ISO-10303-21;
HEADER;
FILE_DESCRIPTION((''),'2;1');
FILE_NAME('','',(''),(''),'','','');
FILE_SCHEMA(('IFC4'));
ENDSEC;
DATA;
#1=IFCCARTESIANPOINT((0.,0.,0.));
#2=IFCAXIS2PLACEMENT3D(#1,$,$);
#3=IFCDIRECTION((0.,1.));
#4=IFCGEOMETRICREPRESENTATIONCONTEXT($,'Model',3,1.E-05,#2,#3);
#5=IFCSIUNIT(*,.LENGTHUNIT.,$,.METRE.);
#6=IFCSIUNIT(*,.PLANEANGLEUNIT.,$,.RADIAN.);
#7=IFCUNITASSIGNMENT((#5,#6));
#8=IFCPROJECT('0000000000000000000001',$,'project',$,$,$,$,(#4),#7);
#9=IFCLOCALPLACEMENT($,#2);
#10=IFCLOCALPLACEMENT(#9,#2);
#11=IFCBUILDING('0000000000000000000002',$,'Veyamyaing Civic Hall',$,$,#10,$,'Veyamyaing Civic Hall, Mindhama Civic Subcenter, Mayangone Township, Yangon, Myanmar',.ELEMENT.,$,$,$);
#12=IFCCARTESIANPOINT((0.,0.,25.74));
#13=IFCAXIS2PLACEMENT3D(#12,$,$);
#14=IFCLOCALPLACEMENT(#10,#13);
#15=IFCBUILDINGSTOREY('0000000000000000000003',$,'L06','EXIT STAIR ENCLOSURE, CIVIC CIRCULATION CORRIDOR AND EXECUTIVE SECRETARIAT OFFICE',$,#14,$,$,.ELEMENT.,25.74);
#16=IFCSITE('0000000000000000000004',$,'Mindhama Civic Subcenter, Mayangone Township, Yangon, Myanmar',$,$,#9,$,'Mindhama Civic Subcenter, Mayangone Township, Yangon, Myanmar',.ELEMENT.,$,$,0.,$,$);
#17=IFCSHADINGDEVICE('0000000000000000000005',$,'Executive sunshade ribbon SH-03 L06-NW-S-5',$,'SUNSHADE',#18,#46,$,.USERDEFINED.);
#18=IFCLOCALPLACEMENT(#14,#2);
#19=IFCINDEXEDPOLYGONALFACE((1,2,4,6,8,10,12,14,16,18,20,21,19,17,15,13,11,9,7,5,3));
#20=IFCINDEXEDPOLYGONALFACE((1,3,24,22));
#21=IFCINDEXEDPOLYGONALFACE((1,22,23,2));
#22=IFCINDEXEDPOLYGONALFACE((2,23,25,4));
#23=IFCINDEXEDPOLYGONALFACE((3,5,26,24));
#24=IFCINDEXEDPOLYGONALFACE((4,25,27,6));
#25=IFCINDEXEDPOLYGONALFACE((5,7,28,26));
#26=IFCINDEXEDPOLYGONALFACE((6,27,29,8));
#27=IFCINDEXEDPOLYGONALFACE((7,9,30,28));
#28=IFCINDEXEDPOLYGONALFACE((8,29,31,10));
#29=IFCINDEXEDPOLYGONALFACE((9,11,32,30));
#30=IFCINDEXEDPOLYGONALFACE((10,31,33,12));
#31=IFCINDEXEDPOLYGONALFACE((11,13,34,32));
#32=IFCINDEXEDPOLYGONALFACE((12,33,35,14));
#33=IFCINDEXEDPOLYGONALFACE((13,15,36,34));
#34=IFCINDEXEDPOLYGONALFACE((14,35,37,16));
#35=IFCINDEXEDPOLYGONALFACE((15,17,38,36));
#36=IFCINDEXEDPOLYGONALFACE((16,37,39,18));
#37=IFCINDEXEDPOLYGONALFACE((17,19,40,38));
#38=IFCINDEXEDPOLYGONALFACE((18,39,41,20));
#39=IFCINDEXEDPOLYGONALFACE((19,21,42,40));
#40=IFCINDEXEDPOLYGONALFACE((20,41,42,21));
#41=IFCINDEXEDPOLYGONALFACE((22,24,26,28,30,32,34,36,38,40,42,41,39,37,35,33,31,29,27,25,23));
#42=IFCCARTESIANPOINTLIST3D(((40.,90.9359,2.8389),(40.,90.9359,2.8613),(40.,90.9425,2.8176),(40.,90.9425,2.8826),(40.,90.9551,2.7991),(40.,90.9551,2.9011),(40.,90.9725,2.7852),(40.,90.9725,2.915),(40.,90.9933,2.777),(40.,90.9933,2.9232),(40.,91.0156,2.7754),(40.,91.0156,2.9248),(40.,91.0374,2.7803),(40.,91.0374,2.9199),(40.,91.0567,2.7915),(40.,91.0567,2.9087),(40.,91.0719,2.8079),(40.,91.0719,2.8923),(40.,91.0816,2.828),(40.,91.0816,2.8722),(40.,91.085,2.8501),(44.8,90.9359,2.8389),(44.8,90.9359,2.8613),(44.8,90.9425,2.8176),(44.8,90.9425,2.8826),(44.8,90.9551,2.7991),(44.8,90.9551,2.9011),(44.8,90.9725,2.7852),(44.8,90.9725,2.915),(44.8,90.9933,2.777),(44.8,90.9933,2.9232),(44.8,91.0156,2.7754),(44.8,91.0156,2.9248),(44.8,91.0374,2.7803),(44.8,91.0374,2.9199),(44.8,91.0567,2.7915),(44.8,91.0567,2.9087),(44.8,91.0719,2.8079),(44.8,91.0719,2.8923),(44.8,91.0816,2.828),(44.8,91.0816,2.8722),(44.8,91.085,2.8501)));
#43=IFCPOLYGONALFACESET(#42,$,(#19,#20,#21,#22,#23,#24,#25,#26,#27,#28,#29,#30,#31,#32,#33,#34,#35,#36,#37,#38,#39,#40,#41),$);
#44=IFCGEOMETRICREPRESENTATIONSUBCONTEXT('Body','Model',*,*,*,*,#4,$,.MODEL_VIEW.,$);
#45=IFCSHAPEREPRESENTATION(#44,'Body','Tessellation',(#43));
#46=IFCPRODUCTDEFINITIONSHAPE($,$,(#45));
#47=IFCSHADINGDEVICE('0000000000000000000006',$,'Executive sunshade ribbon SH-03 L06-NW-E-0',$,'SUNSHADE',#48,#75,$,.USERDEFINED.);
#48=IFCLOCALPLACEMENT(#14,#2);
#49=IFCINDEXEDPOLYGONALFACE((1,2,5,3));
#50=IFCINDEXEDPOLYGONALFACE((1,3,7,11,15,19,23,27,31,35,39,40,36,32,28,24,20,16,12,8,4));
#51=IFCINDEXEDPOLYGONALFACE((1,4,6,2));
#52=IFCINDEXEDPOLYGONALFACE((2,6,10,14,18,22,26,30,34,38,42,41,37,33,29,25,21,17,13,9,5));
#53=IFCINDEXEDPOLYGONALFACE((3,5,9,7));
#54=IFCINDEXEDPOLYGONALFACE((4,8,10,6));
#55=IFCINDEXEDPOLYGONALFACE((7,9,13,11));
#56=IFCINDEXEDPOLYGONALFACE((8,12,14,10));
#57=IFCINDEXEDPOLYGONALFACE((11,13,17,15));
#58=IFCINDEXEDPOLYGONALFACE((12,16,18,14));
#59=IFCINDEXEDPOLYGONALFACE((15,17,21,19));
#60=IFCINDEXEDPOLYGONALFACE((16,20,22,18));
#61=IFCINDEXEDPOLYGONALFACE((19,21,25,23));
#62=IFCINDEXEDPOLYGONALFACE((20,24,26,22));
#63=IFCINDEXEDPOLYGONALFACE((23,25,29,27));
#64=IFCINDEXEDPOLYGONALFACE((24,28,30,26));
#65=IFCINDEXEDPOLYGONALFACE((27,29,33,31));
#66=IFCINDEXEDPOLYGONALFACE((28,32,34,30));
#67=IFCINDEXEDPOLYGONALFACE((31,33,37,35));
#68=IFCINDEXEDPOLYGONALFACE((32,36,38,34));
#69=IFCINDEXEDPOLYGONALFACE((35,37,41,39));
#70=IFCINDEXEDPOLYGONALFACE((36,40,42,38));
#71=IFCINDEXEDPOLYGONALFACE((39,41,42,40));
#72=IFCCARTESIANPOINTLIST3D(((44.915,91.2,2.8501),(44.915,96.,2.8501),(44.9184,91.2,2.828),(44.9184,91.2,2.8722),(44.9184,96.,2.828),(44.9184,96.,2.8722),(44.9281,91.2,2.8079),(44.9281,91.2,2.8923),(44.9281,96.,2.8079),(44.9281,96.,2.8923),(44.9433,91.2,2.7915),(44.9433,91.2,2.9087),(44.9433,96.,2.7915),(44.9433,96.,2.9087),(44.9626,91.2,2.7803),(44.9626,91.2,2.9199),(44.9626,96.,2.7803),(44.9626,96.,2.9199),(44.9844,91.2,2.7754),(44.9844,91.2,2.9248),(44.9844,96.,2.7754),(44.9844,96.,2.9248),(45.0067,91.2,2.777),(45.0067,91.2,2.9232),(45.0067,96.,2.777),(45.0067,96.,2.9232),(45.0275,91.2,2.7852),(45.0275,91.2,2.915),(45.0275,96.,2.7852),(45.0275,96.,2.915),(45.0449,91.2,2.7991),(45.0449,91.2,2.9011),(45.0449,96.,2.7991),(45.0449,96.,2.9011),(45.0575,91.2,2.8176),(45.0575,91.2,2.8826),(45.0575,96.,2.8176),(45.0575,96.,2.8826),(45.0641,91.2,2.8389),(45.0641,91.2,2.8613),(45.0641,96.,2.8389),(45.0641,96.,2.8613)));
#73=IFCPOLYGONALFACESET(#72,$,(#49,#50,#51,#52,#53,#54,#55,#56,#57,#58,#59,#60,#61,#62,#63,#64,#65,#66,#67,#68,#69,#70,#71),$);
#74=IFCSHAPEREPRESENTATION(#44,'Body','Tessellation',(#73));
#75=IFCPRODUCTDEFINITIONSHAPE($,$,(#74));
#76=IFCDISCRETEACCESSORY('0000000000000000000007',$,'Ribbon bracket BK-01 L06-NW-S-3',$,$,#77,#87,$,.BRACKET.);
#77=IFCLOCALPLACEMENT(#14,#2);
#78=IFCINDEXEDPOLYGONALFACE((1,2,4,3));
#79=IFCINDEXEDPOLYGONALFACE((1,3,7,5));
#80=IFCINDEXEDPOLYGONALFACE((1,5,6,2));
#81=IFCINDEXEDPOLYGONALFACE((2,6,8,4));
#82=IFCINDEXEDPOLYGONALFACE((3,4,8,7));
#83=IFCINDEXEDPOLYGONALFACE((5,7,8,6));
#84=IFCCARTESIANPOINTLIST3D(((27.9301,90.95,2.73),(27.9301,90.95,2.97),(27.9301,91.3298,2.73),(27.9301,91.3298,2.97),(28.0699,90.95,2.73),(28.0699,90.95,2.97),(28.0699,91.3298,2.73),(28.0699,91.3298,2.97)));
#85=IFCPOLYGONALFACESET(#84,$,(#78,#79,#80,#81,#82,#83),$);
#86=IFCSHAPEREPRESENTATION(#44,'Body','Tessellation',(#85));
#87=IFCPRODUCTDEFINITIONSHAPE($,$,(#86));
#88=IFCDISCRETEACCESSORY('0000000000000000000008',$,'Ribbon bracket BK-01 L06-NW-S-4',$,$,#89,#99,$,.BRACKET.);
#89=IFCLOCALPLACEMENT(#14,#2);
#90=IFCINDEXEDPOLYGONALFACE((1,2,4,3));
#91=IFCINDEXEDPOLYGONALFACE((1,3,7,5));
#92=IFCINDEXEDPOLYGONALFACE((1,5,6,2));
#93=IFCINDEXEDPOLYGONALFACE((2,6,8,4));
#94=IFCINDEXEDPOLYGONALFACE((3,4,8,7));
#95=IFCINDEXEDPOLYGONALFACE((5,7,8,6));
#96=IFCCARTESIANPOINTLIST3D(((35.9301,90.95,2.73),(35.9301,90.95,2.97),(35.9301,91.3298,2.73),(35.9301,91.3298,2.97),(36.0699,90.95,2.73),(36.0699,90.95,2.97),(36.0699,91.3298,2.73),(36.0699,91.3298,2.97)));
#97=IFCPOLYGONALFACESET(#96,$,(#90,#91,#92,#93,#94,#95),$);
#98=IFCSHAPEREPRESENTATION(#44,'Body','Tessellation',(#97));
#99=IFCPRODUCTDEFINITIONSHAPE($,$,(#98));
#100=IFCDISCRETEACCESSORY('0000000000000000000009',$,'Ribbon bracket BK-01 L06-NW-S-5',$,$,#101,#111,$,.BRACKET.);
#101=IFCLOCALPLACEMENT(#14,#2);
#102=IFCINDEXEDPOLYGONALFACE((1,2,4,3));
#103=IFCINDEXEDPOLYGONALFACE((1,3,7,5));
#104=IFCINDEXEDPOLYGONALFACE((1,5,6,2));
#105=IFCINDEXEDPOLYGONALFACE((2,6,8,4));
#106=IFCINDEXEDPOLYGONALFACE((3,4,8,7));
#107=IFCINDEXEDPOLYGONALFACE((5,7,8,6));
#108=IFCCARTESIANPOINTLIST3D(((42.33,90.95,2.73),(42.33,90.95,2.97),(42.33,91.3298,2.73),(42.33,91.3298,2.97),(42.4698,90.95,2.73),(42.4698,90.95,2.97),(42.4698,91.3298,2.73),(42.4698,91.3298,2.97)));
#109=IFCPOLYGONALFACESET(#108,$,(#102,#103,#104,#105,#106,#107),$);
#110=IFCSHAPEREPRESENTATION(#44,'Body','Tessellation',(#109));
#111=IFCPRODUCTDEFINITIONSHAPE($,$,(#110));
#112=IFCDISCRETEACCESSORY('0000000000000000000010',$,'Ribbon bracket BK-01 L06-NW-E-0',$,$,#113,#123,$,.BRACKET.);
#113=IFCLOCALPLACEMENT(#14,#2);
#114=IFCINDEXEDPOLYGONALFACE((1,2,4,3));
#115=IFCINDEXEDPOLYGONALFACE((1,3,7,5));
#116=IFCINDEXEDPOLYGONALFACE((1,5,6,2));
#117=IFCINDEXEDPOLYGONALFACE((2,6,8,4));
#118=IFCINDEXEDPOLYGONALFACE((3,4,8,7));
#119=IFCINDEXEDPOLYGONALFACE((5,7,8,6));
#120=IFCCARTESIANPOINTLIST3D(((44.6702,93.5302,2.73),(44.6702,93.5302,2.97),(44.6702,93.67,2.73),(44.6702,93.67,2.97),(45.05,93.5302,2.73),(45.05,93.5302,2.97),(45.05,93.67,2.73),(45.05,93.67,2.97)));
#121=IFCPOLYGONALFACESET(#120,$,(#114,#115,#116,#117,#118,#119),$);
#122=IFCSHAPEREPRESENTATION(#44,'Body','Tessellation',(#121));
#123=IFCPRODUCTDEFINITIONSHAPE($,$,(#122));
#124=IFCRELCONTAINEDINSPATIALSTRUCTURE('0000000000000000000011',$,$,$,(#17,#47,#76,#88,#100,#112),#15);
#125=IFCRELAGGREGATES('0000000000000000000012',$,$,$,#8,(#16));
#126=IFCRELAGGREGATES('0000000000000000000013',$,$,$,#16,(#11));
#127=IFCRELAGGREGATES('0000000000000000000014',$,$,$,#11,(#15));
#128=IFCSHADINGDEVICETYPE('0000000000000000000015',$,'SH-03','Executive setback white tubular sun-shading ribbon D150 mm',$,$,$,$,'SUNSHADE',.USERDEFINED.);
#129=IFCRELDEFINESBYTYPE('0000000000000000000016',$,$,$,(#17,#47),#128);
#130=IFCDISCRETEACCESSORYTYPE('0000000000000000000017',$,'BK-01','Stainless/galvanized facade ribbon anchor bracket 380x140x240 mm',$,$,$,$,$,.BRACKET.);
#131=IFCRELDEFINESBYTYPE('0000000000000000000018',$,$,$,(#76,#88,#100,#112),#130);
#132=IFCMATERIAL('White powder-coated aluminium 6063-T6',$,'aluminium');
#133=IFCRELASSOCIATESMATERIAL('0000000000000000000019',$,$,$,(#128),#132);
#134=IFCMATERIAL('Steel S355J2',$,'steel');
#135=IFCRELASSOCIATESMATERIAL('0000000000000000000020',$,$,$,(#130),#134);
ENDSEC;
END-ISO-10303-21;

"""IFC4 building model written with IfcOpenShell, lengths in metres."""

from ifc_helpers import new_model, si_unit, direction, frame, origin, origin_2d, place, context, subcontext, project, spatial, rectangle, circle, extrude, material, material_profile, profile_set, type_object, element, save


model = new_model("IFC4")

# Units and contexts
model_context = context("Model", 3, precision=1e-05, world=origin(), true_north=direction((0.0, 1.0)))
body_context = subcontext(model_context, "Body", "Model", "MODEL_VIEW")
ifc_project = project(units=[si_unit("LENGTHUNIT", "METRE"), si_unit("PLANEANGLEUNIT", "RADIAN")], contexts=[model_context])

# Site, building, storey
site_placement = place(None, origin())
site = spatial("IfcSite", under=ifc_project, at=site_placement, Name="Mindhama Civic Subcenter, Mayangone Township, Yangon, Myanmar", LongName="Mindhama Civic Subcenter, Mayangone Township, Yangon, Myanmar", CompositionType="ELEMENT", RefElevation=0.0)
building_placement = place(site_placement, origin())
building = spatial("IfcBuilding", under=site, at=building_placement, Name="Veyamyaing Civic Hall", LongName="Veyamyaing Civic Hall, Mindhama Civic Subcenter, Mayangone Township, Yangon, Myanmar", CompositionType="ELEMENT")
storey_placement = place(building_placement, frame((0.0, 0.0, 25.74)))
storey = spatial("IfcBuildingStorey", under=building, at=storey_placement, Name="L06", Description="EXIT STAIR ENCLOSURE, CIVIC CIRCULATION CORRIDOR AND EXECUTIVE SECRETARIAT OFFICE", CompositionType="ELEMENT", Elevation=25.74)

# Shared definitions
ifc_material_1 = material(Name="White powder-coated aluminium 6063-T6", Category="aluminium")

# Shared definitions
ifc_material_2 = material(Name="Steel S355J2", Category="steel")

# Shading devices
ifc_material_profile_1 = material_profile(ifc_material_1, circle(Radius=0.075, at=origin_2d()), Name="SHADE-TUBE-150")
ifc_profile_set_1 = profile_set([ifc_material_profile_1], Name="White powder-coated aluminium 6063-T6")
shading_device_type = type_object("IfcShadingDeviceType", Name="SH-03", Description="Executive setback white tubular sun-shading ribbon D150 mm", ElementType="SUNSHADE", PredefinedType="USERDEFINED", material=ifc_profile_set_1)
for number, where, z_axis, x_axis, name in (
    (1, (40.0, 91.01, 2.8501), (1.0, 0.0, 0.0), (0.0, 1.0, 0.0), "Executive sunshade ribbon SH-03 L06-NW-S-5"),
    (2, (44.99, 91.2, 2.8501), (0.0, 1.0, 0.0), (-1.0, 0.0, 0.0), "Executive sunshade ribbon SH-03 L06-NW-E-0"),
):
    element("IfcShadingDevice", number, at=place(storey_placement, frame(where, z_axis=z_axis, x_axis=x_axis)), inside=storey, type_object=shading_device_type, Name=name, ObjectType="SUNSHADE", PredefinedType="USERDEFINED", context=body_context, shape_type="SweptSolid", body=[
        extrude(circle(Radius=0.075, at=origin_2d()), origin(), (0.0, 0.0, 1.0), 4.8),
    ])

# Discrete accessories
discrete_accessory_type = type_object("IfcDiscreteAccessoryType", Name="BK-01", Description="Stainless/galvanized facade ribbon anchor bracket 380x140x240 mm", PredefinedType="BRACKET", material=ifc_material_2)
for number, where, z_axis, x_axis, name in (
    (3, (28.0, 91.1399, 2.73), (0.0, 0.0, 1.0), (0.0, -1.0, 0.0), "Ribbon bracket BK-01 L06-NW-S-3"),
    (4, (36.0, 91.1399, 2.73), (0.0, 0.0, 1.0), (0.0, -1.0, 0.0), "Ribbon bracket BK-01 L06-NW-S-4"),
    (5, (42.3999, 91.1399, 2.73), (0.0, 0.0, 1.0), (0.0, -1.0, 0.0), "Ribbon bracket BK-01 L06-NW-S-5"),
    (6, (44.8601, 93.6001, 2.73), (0.0, 0.0, 1.0), (1.0, 0.0, 0.0), "Ribbon bracket BK-01 L06-NW-E-0"),
):
    element("IfcDiscreteAccessory", number, at=place(storey_placement, frame(where, z_axis=z_axis, x_axis=x_axis)), inside=storey, type_object=discrete_accessory_type, Name=name, PredefinedType="BRACKET", context=body_context, shape_type="SweptSolid", body=[
        extrude(rectangle(XDim=0.3799, YDim=0.1399, at=origin_2d()), origin(), (0.0, 0.0, 1.0), 0.24),
    ])

save(model, "model.ifc")
